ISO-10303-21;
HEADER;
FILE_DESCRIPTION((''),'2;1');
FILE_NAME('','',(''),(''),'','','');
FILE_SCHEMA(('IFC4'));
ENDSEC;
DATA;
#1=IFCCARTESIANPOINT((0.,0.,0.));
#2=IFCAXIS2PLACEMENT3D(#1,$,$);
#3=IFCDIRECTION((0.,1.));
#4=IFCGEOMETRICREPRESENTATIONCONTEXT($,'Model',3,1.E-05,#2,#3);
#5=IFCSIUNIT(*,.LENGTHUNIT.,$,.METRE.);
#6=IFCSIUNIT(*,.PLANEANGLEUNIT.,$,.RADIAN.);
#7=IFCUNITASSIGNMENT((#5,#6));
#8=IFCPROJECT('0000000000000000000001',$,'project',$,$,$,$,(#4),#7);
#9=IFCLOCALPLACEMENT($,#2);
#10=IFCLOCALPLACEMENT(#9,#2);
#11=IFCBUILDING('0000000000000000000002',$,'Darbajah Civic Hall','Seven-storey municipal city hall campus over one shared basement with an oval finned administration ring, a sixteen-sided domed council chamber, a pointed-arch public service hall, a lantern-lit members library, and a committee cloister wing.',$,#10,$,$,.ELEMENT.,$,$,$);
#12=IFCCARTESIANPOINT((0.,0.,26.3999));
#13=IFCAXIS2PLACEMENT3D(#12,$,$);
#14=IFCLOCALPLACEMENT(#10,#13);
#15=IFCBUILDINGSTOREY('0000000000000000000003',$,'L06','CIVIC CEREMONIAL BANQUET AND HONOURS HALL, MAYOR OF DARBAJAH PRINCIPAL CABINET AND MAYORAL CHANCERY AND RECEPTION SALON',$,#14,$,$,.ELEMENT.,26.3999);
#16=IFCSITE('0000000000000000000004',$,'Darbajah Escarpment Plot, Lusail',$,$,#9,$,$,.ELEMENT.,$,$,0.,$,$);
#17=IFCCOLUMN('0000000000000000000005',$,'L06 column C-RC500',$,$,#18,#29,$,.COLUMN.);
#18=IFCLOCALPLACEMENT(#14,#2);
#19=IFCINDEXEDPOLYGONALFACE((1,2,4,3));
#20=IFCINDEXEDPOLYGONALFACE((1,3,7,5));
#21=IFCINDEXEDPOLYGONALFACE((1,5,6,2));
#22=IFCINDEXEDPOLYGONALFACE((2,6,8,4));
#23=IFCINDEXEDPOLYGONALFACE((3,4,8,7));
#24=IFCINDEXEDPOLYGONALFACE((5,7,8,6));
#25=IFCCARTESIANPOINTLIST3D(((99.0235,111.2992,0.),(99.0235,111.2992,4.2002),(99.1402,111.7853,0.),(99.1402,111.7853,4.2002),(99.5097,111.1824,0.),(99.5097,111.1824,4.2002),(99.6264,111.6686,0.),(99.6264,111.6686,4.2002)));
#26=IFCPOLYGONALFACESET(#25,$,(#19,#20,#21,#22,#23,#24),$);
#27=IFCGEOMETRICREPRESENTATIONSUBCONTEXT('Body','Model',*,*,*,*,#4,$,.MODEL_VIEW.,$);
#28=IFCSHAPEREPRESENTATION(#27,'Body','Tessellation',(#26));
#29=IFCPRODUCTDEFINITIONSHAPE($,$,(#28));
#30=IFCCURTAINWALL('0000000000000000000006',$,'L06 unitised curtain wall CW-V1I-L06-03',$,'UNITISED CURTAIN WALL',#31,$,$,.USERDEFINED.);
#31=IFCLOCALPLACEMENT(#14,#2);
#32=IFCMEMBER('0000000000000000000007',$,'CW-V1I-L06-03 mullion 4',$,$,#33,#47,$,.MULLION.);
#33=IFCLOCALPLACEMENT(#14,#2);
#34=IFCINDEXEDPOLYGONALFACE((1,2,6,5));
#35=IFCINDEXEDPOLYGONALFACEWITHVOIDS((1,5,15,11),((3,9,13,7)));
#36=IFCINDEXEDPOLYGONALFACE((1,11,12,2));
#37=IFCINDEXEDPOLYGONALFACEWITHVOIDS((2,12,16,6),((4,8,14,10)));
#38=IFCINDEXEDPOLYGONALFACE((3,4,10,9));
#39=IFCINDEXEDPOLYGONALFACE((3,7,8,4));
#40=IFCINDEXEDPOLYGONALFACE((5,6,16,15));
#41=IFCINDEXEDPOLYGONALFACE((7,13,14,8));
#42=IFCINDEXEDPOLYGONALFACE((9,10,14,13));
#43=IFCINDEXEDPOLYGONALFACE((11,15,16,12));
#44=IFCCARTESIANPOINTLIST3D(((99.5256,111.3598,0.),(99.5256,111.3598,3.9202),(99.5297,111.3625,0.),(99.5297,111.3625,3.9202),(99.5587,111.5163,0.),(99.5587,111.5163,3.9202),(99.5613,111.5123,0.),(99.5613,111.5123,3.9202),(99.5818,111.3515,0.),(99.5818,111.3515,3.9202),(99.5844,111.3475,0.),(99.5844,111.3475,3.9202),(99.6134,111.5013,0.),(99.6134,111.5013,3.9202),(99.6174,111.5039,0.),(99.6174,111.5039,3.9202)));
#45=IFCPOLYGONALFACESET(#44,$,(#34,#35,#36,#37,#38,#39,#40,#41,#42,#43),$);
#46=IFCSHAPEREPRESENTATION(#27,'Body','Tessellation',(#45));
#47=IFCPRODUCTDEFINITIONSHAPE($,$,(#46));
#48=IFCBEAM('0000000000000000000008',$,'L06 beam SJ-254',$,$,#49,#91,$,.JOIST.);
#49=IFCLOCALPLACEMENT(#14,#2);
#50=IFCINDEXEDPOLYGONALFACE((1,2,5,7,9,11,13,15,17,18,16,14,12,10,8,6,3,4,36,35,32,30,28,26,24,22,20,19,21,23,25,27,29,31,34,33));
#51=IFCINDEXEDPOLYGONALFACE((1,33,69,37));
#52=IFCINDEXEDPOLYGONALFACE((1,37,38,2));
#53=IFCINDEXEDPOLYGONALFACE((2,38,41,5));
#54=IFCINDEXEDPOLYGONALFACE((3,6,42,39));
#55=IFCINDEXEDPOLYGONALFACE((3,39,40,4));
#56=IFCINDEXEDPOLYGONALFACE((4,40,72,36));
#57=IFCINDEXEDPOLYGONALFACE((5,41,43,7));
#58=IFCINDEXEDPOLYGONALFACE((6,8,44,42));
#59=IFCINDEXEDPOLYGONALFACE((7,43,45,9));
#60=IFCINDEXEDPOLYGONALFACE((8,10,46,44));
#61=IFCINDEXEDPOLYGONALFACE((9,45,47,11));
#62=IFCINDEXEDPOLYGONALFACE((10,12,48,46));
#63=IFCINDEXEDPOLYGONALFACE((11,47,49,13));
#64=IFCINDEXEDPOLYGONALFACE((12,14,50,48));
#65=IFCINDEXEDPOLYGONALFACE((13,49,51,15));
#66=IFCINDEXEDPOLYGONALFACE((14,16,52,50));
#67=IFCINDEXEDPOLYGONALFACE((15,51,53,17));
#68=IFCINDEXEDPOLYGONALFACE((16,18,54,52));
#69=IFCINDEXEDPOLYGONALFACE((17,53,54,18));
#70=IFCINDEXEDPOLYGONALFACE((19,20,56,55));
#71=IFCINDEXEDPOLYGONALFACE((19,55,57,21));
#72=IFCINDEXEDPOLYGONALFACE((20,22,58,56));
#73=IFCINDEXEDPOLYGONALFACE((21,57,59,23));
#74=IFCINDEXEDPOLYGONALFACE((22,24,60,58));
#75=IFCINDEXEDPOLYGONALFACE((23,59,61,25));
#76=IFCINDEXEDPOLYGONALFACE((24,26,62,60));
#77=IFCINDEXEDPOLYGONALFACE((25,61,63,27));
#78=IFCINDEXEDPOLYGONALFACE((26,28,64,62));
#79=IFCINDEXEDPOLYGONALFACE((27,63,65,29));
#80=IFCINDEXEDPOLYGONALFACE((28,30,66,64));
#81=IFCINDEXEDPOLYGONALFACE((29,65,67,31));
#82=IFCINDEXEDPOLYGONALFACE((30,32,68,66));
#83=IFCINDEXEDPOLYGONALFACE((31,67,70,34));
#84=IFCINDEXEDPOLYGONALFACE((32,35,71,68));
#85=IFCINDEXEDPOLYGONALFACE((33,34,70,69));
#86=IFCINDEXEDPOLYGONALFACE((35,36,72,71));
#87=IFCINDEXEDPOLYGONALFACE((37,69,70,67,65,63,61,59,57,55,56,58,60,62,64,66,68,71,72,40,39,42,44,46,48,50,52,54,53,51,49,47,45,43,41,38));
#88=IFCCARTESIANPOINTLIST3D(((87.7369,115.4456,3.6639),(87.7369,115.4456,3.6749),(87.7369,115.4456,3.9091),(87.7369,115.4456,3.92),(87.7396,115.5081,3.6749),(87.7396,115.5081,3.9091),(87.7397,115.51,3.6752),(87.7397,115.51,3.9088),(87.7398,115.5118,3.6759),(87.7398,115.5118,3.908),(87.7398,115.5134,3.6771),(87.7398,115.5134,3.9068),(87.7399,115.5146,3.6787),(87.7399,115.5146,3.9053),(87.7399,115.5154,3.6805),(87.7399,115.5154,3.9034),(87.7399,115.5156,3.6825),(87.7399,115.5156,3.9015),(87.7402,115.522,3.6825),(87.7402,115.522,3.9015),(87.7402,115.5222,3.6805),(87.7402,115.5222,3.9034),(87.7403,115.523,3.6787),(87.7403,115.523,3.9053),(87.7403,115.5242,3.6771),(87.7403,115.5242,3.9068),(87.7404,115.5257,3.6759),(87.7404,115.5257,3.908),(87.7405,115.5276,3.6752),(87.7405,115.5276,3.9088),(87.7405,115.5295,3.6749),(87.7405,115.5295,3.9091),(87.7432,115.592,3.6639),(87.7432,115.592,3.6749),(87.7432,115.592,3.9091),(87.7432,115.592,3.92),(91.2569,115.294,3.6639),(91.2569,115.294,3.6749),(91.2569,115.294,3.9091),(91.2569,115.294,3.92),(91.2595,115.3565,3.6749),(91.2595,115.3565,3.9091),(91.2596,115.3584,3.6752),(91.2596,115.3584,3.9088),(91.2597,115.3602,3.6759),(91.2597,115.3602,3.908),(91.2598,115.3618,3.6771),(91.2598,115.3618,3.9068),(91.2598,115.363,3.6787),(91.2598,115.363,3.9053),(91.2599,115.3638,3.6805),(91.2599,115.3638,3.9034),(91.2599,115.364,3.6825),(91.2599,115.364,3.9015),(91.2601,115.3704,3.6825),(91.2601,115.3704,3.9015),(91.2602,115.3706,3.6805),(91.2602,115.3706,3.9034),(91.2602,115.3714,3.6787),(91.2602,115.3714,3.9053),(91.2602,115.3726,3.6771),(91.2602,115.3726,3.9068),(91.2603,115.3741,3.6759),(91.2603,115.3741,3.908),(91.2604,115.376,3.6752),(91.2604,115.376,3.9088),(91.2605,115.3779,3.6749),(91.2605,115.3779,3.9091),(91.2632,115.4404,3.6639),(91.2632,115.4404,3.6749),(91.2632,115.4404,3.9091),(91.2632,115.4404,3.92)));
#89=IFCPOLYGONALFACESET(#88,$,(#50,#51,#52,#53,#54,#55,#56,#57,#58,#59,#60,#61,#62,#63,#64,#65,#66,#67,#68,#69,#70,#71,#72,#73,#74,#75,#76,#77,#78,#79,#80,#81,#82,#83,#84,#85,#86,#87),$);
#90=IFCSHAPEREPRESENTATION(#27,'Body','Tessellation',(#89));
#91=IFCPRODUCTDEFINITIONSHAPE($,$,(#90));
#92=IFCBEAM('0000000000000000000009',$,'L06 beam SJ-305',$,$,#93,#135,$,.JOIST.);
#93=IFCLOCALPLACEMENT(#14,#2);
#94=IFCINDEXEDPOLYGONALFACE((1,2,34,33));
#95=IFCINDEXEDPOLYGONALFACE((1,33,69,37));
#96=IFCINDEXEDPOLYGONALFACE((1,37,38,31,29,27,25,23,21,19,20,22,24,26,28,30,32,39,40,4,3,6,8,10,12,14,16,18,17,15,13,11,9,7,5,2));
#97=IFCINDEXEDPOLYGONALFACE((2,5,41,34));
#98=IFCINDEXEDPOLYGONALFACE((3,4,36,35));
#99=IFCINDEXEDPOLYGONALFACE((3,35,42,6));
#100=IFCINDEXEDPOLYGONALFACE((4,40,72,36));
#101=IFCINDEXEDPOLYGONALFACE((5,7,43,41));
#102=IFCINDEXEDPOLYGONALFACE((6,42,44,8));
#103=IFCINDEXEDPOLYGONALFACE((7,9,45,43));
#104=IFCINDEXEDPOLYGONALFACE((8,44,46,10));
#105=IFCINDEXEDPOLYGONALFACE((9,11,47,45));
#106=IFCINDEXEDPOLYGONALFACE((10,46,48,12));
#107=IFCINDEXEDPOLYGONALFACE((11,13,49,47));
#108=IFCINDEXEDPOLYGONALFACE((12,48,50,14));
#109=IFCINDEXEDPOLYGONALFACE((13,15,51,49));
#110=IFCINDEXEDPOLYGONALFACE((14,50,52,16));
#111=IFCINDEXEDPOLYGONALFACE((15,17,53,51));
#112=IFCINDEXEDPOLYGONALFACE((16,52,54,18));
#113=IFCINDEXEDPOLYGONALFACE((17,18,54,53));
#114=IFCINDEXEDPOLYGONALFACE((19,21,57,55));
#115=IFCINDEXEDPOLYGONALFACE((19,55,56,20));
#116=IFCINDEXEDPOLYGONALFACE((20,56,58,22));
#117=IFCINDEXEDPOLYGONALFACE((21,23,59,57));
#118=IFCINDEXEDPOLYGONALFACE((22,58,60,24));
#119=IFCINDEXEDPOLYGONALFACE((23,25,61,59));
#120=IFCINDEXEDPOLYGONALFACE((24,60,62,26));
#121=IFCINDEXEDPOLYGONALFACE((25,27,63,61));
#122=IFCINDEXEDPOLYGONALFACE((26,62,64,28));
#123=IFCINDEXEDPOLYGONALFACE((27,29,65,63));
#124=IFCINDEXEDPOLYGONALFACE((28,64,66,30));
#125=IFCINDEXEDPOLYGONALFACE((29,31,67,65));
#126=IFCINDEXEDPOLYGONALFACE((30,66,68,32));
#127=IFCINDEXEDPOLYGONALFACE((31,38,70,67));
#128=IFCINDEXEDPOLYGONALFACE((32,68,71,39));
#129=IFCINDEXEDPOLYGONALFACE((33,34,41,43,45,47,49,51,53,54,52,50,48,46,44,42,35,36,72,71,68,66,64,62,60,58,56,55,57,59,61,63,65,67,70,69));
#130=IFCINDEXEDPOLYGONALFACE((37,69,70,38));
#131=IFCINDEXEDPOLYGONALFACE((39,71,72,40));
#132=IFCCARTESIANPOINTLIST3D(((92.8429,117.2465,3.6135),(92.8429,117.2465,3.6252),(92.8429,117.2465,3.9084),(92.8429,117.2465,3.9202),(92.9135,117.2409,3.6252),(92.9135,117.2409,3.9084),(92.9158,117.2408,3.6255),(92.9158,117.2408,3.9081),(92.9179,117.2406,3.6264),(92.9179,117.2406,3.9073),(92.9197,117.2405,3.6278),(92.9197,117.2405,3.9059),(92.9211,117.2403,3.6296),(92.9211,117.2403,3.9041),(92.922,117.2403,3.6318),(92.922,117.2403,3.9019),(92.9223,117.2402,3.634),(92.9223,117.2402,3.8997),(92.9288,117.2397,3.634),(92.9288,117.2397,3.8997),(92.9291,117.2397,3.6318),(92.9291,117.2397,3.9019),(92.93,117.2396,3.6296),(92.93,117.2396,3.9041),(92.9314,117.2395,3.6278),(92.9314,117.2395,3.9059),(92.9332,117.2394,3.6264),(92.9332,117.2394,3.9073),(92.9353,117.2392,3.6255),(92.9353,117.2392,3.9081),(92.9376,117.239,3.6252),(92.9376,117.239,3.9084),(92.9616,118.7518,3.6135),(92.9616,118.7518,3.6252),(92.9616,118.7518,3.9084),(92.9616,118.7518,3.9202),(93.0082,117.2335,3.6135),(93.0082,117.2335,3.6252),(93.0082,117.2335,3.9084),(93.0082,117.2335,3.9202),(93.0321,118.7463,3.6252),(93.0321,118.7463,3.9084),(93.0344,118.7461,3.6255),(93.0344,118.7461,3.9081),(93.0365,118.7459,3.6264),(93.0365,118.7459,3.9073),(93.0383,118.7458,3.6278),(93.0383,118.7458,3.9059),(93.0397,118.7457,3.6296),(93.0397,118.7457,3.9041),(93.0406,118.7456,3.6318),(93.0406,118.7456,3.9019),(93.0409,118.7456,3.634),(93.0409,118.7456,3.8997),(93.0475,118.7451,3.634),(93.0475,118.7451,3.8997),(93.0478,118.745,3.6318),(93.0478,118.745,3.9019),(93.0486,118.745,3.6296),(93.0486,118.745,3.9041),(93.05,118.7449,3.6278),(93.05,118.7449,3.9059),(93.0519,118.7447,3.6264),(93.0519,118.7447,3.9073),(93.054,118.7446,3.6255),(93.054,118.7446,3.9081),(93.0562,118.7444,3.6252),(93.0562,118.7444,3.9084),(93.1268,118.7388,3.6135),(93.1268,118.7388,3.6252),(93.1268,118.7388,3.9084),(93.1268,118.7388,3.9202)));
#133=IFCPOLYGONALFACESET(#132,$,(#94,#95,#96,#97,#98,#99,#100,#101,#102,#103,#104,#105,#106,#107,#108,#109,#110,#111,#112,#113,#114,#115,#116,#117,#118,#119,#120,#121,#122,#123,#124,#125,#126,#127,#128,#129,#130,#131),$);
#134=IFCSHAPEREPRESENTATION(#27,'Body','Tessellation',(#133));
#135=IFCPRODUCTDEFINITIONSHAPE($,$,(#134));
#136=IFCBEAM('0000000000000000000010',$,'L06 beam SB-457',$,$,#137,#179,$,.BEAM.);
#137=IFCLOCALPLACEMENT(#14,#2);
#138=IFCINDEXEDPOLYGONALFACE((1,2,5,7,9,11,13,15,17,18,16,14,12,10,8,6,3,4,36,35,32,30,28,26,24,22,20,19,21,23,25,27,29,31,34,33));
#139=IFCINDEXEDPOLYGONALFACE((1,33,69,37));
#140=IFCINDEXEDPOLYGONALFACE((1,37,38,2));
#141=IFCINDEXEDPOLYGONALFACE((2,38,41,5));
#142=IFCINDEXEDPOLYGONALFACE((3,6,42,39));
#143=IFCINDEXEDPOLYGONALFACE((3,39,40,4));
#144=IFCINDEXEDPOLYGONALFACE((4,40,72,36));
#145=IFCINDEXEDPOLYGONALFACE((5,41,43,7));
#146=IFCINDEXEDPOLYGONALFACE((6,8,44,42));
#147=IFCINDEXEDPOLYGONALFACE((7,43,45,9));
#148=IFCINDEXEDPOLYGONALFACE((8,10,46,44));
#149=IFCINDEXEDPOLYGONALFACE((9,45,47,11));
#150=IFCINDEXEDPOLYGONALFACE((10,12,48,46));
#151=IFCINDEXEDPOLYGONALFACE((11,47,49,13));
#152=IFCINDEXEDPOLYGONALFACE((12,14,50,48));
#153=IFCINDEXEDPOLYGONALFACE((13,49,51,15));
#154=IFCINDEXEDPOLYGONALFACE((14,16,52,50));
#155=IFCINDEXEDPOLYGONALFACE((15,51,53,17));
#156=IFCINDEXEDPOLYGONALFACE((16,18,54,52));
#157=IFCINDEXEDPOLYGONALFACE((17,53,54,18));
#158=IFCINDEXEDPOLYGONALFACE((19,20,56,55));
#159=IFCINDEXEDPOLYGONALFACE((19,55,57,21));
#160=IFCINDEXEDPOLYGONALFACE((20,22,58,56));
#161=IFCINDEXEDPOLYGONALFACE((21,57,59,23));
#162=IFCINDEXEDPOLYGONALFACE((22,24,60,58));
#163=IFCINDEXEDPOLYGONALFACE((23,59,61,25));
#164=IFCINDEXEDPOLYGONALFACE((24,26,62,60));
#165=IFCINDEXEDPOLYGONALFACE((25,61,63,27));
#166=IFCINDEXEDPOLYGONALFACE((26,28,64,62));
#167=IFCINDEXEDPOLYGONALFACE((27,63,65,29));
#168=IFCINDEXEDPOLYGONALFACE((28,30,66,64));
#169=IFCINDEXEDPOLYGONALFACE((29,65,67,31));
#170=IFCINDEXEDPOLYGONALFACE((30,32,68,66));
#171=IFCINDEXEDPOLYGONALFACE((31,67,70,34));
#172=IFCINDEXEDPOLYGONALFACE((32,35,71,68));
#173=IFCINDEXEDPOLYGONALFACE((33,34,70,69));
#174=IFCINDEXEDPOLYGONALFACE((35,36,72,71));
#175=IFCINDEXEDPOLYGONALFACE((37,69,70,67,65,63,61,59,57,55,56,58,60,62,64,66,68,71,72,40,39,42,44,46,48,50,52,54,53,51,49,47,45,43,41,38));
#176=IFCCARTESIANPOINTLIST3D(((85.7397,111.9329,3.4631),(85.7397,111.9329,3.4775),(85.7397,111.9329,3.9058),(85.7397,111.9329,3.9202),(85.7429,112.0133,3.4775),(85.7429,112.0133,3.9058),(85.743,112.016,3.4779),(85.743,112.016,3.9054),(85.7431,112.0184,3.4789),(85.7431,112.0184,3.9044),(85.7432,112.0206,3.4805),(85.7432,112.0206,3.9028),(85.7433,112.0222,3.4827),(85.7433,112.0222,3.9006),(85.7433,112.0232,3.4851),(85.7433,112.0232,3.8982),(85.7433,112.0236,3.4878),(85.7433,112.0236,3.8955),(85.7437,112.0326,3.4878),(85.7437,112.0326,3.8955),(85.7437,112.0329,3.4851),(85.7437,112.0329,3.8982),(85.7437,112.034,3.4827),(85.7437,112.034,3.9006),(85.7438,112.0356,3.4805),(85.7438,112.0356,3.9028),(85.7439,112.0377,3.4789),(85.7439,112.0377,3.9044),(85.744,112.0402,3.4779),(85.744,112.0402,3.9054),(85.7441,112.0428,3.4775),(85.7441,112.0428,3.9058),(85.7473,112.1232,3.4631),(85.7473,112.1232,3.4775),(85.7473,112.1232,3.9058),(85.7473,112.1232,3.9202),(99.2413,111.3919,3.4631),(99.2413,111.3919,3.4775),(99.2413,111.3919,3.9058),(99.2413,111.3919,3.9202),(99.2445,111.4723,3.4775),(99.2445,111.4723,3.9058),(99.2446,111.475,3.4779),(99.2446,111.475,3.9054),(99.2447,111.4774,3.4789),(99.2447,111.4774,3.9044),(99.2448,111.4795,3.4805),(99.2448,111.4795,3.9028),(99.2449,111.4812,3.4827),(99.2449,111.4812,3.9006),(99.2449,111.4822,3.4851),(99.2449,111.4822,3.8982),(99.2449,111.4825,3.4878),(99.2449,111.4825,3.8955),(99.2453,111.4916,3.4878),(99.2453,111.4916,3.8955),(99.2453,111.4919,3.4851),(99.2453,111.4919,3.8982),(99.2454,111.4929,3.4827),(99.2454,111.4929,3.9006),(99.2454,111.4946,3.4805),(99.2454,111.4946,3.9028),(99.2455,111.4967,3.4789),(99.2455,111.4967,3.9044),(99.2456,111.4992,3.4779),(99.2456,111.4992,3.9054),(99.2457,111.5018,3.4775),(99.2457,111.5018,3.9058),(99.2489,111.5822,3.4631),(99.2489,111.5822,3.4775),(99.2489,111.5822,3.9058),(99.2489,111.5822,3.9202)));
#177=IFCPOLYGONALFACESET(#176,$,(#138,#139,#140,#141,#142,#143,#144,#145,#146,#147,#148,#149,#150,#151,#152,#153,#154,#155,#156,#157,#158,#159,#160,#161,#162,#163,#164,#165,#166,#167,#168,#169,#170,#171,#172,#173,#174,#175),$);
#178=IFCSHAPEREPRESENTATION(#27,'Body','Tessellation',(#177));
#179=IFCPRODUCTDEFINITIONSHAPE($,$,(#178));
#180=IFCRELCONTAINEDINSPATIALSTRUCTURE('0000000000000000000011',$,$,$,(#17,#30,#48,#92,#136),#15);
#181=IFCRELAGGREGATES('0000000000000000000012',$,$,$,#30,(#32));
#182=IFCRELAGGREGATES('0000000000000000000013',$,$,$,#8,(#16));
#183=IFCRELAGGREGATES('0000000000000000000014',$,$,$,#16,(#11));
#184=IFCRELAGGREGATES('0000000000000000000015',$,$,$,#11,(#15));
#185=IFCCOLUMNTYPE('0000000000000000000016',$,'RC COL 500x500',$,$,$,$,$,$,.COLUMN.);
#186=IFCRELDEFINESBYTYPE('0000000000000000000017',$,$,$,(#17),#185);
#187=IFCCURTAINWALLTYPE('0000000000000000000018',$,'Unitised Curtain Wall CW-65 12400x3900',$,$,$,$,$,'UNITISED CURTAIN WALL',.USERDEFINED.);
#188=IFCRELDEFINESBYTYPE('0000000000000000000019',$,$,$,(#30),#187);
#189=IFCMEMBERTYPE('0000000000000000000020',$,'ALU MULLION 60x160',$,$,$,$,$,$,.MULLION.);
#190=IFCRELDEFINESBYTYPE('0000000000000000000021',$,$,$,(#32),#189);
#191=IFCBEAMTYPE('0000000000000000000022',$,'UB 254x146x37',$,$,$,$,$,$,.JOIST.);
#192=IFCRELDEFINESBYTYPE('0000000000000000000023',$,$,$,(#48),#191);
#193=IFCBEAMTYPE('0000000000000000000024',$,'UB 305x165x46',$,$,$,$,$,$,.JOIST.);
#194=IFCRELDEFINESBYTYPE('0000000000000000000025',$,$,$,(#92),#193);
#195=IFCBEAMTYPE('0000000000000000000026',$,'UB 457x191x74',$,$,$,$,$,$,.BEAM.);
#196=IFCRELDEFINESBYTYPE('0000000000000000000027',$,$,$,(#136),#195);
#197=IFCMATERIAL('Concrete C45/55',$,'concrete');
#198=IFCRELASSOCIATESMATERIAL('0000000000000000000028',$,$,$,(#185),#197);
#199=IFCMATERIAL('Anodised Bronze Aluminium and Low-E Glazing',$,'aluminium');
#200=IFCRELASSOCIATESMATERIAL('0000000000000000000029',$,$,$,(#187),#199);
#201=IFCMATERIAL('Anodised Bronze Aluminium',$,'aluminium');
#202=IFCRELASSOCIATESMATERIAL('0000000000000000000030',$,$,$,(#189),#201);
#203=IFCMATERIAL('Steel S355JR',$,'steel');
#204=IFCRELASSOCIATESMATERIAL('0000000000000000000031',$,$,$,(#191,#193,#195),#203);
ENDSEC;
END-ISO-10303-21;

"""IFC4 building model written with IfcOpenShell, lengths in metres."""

from ifc_helpers import new_model, si_unit, direction, frame, origin, origin_2d, place, context, subcontext, project, spatial, rectangle, hollow_rectangle, i_section, extrude, material, material_profile, profile_set, type_object, element, aggregate, save


model = new_model("IFC4")

# Units and contexts
model_context = context("Model", 3, precision=1e-05, world=origin(), true_north=direction((0.0, 1.0)))
body_context = subcontext(model_context, "Body", "Model", "MODEL_VIEW")
ifc_project = project(units=[si_unit("LENGTHUNIT", "METRE"), si_unit("PLANEANGLEUNIT", "RADIAN")], contexts=[model_context])

# Site, building, storey
site_placement = place(None, origin())
site = spatial("IfcSite", under=ifc_project, at=site_placement, Name="Darbajah Escarpment Plot, Lusail", CompositionType="ELEMENT", RefElevation=0.0)
building_placement = place(site_placement, origin())
building = spatial("IfcBuilding", under=site, at=building_placement, Name="Darbajah Civic Hall", Description="Seven-storey municipal city hall campus over one shared basement with an oval finned administration ring, a sixteen-sided domed council chamber, a pointed-arch public service hall, a lantern-lit members library, and a committee cloister wing.", CompositionType="ELEMENT")
storey_placement = place(building_placement, frame((0.0, 0.0, 26.3999)))
storey = spatial("IfcBuildingStorey", under=building, at=storey_placement, Name="L06", Description="CIVIC CEREMONIAL BANQUET AND HONOURS HALL, MAYOR OF DARBAJAH PRINCIPAL CABINET AND MAYORAL CHANCERY AND RECEPTION SALON", CompositionType="ELEMENT", Elevation=26.3999)

# Column
ifc_material_1 = material(Name="Concrete C45/55", Category="concrete")
ifc_material_profile_1 = material_profile(ifc_material_1, rectangle(XDim=0.5, YDim=0.5, at=origin_2d()), Name="RC COL 500x500")
ifc_profile_set_1 = profile_set([ifc_material_profile_1], Name="Concrete C45/55")
column_type = type_object("IfcColumnType", Name="RC COL 500x500", PredefinedType="COLUMN", material=ifc_profile_set_1)
column_placement = place(storey_placement, frame((99.325, 111.4839, 0.0), z_axis=(0.0, 0.0, 1.0), x_axis=(0.233445, 0.97237, 0.0)))
element("IfcColumn", 1, at=column_placement, inside=storey, type_object=column_type, Name="L06 column C-RC500", PredefinedType="COLUMN", context=body_context, shape_type="SweptSolid", body=[
    extrude(rectangle(XDim=0.5, YDim=0.5, at=origin_2d()), origin(), (0.0, 0.0, 1.0), 4.2002),
])

# Curtain wall, member
ifc_material_2 = material(Name="Anodised Bronze Aluminium and Low-E Glazing", Category="aluminium")
curtain_wall_type = type_object("IfcCurtainWallType", Name="Unitised Curtain Wall CW-65 12400x3900", ElementType="UNITISED CURTAIN WALL", PredefinedType="USERDEFINED", material=ifc_material_2)
curtain_wall_placement = place(storey_placement, origin())
curtain_wall = element("IfcCurtainWall", 2, at=curtain_wall_placement, inside=storey, type_object=curtain_wall_type, Name="L06 unitised curtain wall CW-V1I-L06-03", ObjectType="UNITISED CURTAIN WALL", PredefinedType="USERDEFINED")
ifc_material_3 = material(Name="Anodised Bronze Aluminium", Category="aluminium")
ifc_material_profile_2 = material_profile(ifc_material_3, hollow_rectangle(XDim=0.0601, YDim=0.1599, WallThickness=0.0034, at=origin_2d()), Name="ALU MULLION 60x160")
ifc_profile_set_2 = profile_set([ifc_material_profile_2], Name="Anodised Bronze Aluminium")
member_type = type_object("IfcMemberType", Name="ALU MULLION 60x160", PredefinedType="MULLION", material=ifc_profile_set_2)
member_placement = place(storey_placement, frame((99.5715, 111.4319, 0.0), z_axis=(0.0, 0.0, 1.0), x_axis=(-0.978473, 0.206375, 0.0)))
member = element("IfcMember", 3, at=member_placement, type_object=member_type, Name="CW-V1I-L06-03 mullion 4", PredefinedType="MULLION", context=body_context, shape_type="SweptSolid", body=[
    extrude(hollow_rectangle(XDim=0.0601, YDim=0.1599, WallThickness=0.0034, at=origin_2d()), origin(), (0.0, 0.0, 1.0), 3.9202),
])
aggregate(curtain_wall, [member])

# Beams
ifc_material_4 = material(Name="Steel S355JR", Category="steel")
ifc_material_profile_3 = material_profile(ifc_material_4, i_section(OverallWidth=0.1465, OverallDepth=0.2561, WebThickness=0.0063, FlangeThickness=0.011, FilletRadius=0.0076, at=origin_2d()), Name="UB 254x146x37")
ifc_profile_set_3 = profile_set([ifc_material_profile_3], Name="Steel S355JR")
beam_type_1 = type_object("IfcBeamType", Name="UB 254x146x37", PredefinedType="JOIST", material=ifc_profile_set_3)
beam_1_placement = place(storey_placement, frame((91.26, 115.3672, 3.792), z_axis=(-0.999074, 0.043031, 0.0), x_axis=(-0.043031, -0.999074, 0.0)))
element("IfcBeam", 4, at=beam_1_placement, inside=storey, type_object=beam_type_1, Name="L06 beam SJ-254", PredefinedType="JOIST", context=body_context, shape_type="SweptSolid", body=[
    extrude(i_section(OverallWidth=0.1465, OverallDepth=0.2561, WebThickness=0.0063, FlangeThickness=0.011, FilletRadius=0.0076, at=origin_2d()), origin(), (0.0, 0.0, 1.0), 3.5232),
])
ifc_material_profile_4 = material_profile(ifc_material_4, i_section(OverallWidth=0.1658, OverallDepth=0.3066, WebThickness=0.0066, FlangeThickness=0.0117, FilletRadius=0.0088, at=origin_2d()), Name="UB 305x165x46")
ifc_profile_set_4 = profile_set([ifc_material_profile_4], Name="Steel S355JR")
beam_type_2 = type_object("IfcBeamType", Name="UB 305x165x46", PredefinedType="JOIST", material=ifc_profile_set_4)
beam_2_placement = place(storey_placement, frame((92.9255, 117.24, 3.7668), z_axis=(0.078576, 0.996908, 0.0), x_axis=(-0.996908, 0.078576, 0.0)))
element("IfcBeam", 5, at=beam_2_placement, inside=storey, type_object=beam_type_2, Name="L06 beam SJ-305", PredefinedType="JOIST", context=body_context, shape_type="SweptSolid", body=[
    extrude(i_section(OverallWidth=0.1658, OverallDepth=0.3066, WebThickness=0.0066, FlangeThickness=0.0117, FilletRadius=0.0088, at=origin_2d()), origin(), (0.0, 0.0, 1.0), 1.51),
])
ifc_material_profile_5 = material_profile(ifc_material_4, i_section(OverallWidth=0.1904, OverallDepth=0.457, WebThickness=0.009, FlangeThickness=0.0144, FilletRadius=0.0103, at=origin_2d()), Name="UB 457x191x74")
ifc_profile_set_5 = profile_set([ifc_material_profile_5], Name="Steel S355JR")
beam_type_3 = type_object("IfcBeamType", Name="UB 457x191x74", PredefinedType="BEAM", material=ifc_profile_set_5)
beam_3_placement = place(storey_placement, frame((99.2451, 111.4871, 3.6917), z_axis=(-0.999198, 0.040038, 0.0), x_axis=(-0.040038, -0.999198, 0.0)))
element("IfcBeam", 6, at=beam_3_placement, inside=storey, type_object=beam_type_3, Name="L06 beam SB-457", PredefinedType="BEAM", context=body_context, shape_type="SweptSolid", body=[
    extrude(i_section(OverallWidth=0.1904, OverallDepth=0.457, WebThickness=0.009, FlangeThickness=0.0144, FilletRadius=0.0103, at=origin_2d()), origin(), (0.0, 0.0, 1.0), 13.5125),
])

save(model, "model.ifc")
